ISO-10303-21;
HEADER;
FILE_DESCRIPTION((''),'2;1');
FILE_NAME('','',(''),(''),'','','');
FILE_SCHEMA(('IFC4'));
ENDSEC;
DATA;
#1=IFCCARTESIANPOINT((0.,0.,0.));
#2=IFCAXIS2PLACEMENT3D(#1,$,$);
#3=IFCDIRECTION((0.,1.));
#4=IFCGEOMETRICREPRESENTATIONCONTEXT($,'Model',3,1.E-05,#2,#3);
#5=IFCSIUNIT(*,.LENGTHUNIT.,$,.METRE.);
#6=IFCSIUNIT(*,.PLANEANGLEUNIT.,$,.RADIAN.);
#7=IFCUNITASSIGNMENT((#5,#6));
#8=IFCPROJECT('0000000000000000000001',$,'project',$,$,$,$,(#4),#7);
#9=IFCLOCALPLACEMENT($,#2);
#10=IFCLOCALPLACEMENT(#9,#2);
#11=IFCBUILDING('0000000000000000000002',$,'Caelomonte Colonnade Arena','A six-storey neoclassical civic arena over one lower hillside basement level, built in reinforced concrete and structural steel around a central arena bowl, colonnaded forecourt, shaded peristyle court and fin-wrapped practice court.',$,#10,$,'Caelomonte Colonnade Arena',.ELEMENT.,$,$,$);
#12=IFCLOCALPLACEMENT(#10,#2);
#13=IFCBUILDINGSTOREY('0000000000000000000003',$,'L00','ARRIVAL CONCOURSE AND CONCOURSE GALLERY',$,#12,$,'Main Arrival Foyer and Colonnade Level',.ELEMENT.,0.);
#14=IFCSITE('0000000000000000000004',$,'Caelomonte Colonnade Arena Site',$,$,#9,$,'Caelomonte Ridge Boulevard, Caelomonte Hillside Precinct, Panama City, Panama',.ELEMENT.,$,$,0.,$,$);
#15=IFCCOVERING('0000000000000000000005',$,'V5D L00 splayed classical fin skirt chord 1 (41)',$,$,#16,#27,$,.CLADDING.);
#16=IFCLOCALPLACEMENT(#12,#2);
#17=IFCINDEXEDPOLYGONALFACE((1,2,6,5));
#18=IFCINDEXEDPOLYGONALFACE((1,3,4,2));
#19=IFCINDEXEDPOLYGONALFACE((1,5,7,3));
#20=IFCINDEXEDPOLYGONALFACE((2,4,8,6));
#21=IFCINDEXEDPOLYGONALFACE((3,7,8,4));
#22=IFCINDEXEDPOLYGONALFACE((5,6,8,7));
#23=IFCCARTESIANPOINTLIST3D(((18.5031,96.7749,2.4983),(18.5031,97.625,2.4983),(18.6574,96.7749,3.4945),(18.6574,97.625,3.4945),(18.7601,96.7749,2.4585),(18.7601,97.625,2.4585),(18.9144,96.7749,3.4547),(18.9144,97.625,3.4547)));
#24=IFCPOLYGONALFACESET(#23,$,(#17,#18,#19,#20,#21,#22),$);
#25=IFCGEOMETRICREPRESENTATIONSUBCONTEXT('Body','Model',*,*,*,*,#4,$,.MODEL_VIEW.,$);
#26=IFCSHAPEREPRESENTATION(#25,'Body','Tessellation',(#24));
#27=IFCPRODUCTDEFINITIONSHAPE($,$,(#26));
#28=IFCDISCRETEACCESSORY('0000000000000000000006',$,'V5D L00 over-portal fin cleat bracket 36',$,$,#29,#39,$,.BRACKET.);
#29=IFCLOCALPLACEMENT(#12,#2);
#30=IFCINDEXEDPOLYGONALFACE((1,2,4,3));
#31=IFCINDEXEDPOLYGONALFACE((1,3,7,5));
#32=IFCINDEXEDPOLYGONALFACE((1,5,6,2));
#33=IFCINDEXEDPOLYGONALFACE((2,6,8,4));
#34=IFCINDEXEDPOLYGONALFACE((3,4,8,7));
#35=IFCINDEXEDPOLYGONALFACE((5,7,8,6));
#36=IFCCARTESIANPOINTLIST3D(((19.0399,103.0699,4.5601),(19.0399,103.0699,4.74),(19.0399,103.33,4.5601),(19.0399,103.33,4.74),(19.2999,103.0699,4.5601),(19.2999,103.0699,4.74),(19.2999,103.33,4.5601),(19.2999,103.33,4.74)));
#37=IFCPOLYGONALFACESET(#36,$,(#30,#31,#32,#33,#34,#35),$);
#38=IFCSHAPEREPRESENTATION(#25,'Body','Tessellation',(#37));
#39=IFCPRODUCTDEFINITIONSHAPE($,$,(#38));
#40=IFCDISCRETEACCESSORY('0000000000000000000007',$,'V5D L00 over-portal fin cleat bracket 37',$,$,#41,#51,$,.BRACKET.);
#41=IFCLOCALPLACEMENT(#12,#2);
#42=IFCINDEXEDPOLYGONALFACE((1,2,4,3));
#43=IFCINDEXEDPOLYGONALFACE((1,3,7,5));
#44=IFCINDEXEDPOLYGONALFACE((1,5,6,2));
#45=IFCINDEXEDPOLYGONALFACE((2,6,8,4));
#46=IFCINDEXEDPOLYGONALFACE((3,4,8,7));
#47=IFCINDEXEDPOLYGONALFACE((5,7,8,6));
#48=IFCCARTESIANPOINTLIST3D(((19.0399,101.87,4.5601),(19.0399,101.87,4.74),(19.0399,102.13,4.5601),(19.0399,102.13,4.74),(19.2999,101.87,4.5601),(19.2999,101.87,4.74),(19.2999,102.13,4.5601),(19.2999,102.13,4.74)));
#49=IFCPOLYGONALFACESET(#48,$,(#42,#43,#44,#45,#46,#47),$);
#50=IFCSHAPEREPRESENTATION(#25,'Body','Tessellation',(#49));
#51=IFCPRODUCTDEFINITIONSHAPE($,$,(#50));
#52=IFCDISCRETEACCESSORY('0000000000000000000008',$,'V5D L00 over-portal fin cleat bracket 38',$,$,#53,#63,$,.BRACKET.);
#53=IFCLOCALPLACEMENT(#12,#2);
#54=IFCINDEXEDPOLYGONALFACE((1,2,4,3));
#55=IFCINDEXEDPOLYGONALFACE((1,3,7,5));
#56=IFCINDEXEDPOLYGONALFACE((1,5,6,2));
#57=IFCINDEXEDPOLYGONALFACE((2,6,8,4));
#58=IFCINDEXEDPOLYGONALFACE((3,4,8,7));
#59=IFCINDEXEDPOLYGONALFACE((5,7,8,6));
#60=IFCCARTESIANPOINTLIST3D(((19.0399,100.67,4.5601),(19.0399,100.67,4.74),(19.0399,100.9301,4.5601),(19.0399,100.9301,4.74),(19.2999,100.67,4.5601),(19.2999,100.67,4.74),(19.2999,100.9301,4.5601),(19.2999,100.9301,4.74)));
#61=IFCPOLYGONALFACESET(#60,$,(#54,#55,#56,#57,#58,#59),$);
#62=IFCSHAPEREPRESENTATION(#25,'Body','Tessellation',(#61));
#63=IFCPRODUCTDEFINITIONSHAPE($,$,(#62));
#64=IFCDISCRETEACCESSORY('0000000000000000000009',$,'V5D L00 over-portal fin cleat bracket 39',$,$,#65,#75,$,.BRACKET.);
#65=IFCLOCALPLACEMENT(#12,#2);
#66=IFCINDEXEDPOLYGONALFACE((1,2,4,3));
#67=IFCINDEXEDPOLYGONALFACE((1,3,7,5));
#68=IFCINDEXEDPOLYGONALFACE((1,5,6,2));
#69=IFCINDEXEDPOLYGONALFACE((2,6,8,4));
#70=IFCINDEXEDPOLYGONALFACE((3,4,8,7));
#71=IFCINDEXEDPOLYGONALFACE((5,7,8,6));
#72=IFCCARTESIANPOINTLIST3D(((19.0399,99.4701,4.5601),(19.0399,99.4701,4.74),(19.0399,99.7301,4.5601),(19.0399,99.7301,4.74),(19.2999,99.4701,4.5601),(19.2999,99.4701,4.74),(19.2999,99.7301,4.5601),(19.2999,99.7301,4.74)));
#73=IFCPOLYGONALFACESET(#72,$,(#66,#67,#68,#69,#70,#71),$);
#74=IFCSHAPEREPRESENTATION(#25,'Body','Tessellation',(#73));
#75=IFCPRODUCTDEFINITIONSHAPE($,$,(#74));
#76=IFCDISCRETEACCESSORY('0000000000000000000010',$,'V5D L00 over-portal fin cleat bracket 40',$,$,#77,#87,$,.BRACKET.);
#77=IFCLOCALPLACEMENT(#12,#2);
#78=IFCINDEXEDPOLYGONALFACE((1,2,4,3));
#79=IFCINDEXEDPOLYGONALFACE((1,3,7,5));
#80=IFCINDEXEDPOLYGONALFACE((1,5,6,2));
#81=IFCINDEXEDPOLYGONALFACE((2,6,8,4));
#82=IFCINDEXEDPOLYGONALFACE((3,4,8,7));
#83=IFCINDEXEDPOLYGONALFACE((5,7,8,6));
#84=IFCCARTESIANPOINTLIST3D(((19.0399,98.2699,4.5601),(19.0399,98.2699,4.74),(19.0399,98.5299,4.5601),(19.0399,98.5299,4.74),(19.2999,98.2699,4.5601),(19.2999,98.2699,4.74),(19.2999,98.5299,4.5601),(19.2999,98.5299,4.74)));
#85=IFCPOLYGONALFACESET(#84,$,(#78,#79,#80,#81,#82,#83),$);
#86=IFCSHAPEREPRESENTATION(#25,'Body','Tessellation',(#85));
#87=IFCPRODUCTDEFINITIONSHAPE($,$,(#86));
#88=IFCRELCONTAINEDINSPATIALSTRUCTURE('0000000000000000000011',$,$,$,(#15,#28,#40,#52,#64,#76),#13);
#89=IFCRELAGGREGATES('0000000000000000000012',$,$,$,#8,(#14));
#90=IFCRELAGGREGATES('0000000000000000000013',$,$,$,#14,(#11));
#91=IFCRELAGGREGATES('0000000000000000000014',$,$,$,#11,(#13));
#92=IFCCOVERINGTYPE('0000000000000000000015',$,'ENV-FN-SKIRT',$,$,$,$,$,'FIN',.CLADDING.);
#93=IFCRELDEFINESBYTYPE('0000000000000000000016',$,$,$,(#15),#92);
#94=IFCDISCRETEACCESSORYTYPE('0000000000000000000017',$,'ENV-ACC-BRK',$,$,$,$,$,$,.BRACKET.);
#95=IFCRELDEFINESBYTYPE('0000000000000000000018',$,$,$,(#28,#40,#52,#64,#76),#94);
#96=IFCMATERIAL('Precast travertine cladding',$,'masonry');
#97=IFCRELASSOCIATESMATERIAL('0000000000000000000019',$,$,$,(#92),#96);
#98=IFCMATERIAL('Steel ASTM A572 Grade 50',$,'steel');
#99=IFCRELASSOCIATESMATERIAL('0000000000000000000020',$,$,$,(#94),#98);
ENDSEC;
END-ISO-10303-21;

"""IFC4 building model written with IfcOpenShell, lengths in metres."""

from ifc_helpers import new_model, si_unit, direction, frame, origin, origin_2d, place, context, subcontext, project, spatial, rectangle, extrude, material, material_profile, profile_set, type_object, element, save


model = new_model("IFC4")

# Units and contexts
model_context = context("Model", 3, precision=1e-05, world=origin(), true_north=direction((0.0, 1.0)))
body_context = subcontext(model_context, "Body", "Model", "MODEL_VIEW")
ifc_project = project(units=[si_unit("LENGTHUNIT", "METRE"), si_unit("PLANEANGLEUNIT", "RADIAN")], contexts=[model_context])

# Site, building, storey
site_placement = place(None, origin())
site = spatial("IfcSite", under=ifc_project, at=site_placement, Name="Caelomonte Colonnade Arena Site", LongName="Caelomonte Ridge Boulevard, Caelomonte Hillside Precinct, Panama City, Panama", CompositionType="ELEMENT", RefElevation=0.0)
building_placement = place(site_placement, origin())
building = spatial("IfcBuilding", under=site, at=building_placement, Name="Caelomonte Colonnade Arena", Description="A six-storey neoclassical civic arena over one lower hillside basement level, built in reinforced concrete and structural steel around a central arena bowl, colonnaded forecourt, shaded peristyle court and fin-wrapped practice court.", LongName="Caelomonte Colonnade Arena", CompositionType="ELEMENT")
storey_placement = place(building_placement, origin())
storey = spatial("IfcBuildingStorey", under=building, at=storey_placement, Name="L00", Description="ARRIVAL CONCOURSE AND CONCOURSE GALLERY", LongName="Main Arrival Foyer and Colonnade Level", CompositionType="ELEMENT", Elevation=0.0)

# Covering
ifc_material_1 = material(Name="Precast travertine cladding", Category="masonry")
ifc_material_profile_1 = material_profile(ifc_material_1, rectangle(XDim=0.26, YDim=0.8501, at=origin_2d()), Name="FIN260X850")
ifc_profile_set_1 = profile_set([ifc_material_profile_1], Name="Precast travertine cladding")
covering_type = type_object("IfcCoveringType", Name="ENV-FN-SKIRT", ElementType="FIN", PredefinedType="CLADDING", material=ifc_profile_set_1)
for number, where, z_axis, x_axis, name in (
    (1, (18.7859, 97.2, 3.4746), (-0.153076, 0.0, -0.988214), (-0.988214, 0.0, 0.153076), "V5D L00 splayed classical fin skirt chord 1 (41)"),
):
    element("IfcCovering", number, at=place(storey_placement, frame(where, z_axis=z_axis, x_axis=x_axis)), inside=storey, type_object=covering_type, Name=name, PredefinedType="CLADDING", context=body_context, shape_type="SweptSolid", body=[
        extrude(rectangle(XDim=0.26, YDim=0.8501, at=origin_2d()), origin(), (0.0, 0.0, 1.0), 1.0081),
    ])

# Discrete accessories
ifc_material_2 = material(Name="Steel ASTM A572 Grade 50", Category="steel")
discrete_accessory_type = type_object("IfcDiscreteAccessoryType", Name="ENV-ACC-BRK", PredefinedType="BRACKET", material=ifc_material_2)
for number, where, z_axis, x_axis, name in (
    (2, (19.1699, 103.2, 4.5601), (0.0, 0.0, 1.0), (0.0, -1.0, 0.0), "V5D L00 over-portal fin cleat bracket 36"),
    (3, (19.1699, 102.0, 4.5601), (0.0, 0.0, 1.0), (0.0, -1.0, 0.0), "V5D L00 over-portal fin cleat bracket 37"),
    (4, (19.1699, 100.8, 4.5601), (0.0, 0.0, 1.0), (0.0, -1.0, 0.0), "V5D L00 over-portal fin cleat bracket 38"),
    (5, (19.1699, 99.6001, 4.5601), (0.0, 0.0, 1.0), (0.0, -1.0, 0.0), "V5D L00 over-portal fin cleat bracket 39"),
    (6, (19.1699, 98.3999, 4.5601), (0.0, 0.0, 1.0), (0.0, -1.0, 0.0), "V5D L00 over-portal fin cleat bracket 40"),
):
    element("IfcDiscreteAccessory", number, at=place(storey_placement, frame(where, z_axis=z_axis, x_axis=x_axis)), inside=storey, type_object=discrete_accessory_type, Name=name, PredefinedType="BRACKET", context=body_context, shape_type="SweptSolid", body=[
        extrude(rectangle(XDim=0.26, YDim=0.26, at=origin_2d()), origin(), (0.0, 0.0, 1.0), 0.1799),
    ])

save(model, "model.ifc")
